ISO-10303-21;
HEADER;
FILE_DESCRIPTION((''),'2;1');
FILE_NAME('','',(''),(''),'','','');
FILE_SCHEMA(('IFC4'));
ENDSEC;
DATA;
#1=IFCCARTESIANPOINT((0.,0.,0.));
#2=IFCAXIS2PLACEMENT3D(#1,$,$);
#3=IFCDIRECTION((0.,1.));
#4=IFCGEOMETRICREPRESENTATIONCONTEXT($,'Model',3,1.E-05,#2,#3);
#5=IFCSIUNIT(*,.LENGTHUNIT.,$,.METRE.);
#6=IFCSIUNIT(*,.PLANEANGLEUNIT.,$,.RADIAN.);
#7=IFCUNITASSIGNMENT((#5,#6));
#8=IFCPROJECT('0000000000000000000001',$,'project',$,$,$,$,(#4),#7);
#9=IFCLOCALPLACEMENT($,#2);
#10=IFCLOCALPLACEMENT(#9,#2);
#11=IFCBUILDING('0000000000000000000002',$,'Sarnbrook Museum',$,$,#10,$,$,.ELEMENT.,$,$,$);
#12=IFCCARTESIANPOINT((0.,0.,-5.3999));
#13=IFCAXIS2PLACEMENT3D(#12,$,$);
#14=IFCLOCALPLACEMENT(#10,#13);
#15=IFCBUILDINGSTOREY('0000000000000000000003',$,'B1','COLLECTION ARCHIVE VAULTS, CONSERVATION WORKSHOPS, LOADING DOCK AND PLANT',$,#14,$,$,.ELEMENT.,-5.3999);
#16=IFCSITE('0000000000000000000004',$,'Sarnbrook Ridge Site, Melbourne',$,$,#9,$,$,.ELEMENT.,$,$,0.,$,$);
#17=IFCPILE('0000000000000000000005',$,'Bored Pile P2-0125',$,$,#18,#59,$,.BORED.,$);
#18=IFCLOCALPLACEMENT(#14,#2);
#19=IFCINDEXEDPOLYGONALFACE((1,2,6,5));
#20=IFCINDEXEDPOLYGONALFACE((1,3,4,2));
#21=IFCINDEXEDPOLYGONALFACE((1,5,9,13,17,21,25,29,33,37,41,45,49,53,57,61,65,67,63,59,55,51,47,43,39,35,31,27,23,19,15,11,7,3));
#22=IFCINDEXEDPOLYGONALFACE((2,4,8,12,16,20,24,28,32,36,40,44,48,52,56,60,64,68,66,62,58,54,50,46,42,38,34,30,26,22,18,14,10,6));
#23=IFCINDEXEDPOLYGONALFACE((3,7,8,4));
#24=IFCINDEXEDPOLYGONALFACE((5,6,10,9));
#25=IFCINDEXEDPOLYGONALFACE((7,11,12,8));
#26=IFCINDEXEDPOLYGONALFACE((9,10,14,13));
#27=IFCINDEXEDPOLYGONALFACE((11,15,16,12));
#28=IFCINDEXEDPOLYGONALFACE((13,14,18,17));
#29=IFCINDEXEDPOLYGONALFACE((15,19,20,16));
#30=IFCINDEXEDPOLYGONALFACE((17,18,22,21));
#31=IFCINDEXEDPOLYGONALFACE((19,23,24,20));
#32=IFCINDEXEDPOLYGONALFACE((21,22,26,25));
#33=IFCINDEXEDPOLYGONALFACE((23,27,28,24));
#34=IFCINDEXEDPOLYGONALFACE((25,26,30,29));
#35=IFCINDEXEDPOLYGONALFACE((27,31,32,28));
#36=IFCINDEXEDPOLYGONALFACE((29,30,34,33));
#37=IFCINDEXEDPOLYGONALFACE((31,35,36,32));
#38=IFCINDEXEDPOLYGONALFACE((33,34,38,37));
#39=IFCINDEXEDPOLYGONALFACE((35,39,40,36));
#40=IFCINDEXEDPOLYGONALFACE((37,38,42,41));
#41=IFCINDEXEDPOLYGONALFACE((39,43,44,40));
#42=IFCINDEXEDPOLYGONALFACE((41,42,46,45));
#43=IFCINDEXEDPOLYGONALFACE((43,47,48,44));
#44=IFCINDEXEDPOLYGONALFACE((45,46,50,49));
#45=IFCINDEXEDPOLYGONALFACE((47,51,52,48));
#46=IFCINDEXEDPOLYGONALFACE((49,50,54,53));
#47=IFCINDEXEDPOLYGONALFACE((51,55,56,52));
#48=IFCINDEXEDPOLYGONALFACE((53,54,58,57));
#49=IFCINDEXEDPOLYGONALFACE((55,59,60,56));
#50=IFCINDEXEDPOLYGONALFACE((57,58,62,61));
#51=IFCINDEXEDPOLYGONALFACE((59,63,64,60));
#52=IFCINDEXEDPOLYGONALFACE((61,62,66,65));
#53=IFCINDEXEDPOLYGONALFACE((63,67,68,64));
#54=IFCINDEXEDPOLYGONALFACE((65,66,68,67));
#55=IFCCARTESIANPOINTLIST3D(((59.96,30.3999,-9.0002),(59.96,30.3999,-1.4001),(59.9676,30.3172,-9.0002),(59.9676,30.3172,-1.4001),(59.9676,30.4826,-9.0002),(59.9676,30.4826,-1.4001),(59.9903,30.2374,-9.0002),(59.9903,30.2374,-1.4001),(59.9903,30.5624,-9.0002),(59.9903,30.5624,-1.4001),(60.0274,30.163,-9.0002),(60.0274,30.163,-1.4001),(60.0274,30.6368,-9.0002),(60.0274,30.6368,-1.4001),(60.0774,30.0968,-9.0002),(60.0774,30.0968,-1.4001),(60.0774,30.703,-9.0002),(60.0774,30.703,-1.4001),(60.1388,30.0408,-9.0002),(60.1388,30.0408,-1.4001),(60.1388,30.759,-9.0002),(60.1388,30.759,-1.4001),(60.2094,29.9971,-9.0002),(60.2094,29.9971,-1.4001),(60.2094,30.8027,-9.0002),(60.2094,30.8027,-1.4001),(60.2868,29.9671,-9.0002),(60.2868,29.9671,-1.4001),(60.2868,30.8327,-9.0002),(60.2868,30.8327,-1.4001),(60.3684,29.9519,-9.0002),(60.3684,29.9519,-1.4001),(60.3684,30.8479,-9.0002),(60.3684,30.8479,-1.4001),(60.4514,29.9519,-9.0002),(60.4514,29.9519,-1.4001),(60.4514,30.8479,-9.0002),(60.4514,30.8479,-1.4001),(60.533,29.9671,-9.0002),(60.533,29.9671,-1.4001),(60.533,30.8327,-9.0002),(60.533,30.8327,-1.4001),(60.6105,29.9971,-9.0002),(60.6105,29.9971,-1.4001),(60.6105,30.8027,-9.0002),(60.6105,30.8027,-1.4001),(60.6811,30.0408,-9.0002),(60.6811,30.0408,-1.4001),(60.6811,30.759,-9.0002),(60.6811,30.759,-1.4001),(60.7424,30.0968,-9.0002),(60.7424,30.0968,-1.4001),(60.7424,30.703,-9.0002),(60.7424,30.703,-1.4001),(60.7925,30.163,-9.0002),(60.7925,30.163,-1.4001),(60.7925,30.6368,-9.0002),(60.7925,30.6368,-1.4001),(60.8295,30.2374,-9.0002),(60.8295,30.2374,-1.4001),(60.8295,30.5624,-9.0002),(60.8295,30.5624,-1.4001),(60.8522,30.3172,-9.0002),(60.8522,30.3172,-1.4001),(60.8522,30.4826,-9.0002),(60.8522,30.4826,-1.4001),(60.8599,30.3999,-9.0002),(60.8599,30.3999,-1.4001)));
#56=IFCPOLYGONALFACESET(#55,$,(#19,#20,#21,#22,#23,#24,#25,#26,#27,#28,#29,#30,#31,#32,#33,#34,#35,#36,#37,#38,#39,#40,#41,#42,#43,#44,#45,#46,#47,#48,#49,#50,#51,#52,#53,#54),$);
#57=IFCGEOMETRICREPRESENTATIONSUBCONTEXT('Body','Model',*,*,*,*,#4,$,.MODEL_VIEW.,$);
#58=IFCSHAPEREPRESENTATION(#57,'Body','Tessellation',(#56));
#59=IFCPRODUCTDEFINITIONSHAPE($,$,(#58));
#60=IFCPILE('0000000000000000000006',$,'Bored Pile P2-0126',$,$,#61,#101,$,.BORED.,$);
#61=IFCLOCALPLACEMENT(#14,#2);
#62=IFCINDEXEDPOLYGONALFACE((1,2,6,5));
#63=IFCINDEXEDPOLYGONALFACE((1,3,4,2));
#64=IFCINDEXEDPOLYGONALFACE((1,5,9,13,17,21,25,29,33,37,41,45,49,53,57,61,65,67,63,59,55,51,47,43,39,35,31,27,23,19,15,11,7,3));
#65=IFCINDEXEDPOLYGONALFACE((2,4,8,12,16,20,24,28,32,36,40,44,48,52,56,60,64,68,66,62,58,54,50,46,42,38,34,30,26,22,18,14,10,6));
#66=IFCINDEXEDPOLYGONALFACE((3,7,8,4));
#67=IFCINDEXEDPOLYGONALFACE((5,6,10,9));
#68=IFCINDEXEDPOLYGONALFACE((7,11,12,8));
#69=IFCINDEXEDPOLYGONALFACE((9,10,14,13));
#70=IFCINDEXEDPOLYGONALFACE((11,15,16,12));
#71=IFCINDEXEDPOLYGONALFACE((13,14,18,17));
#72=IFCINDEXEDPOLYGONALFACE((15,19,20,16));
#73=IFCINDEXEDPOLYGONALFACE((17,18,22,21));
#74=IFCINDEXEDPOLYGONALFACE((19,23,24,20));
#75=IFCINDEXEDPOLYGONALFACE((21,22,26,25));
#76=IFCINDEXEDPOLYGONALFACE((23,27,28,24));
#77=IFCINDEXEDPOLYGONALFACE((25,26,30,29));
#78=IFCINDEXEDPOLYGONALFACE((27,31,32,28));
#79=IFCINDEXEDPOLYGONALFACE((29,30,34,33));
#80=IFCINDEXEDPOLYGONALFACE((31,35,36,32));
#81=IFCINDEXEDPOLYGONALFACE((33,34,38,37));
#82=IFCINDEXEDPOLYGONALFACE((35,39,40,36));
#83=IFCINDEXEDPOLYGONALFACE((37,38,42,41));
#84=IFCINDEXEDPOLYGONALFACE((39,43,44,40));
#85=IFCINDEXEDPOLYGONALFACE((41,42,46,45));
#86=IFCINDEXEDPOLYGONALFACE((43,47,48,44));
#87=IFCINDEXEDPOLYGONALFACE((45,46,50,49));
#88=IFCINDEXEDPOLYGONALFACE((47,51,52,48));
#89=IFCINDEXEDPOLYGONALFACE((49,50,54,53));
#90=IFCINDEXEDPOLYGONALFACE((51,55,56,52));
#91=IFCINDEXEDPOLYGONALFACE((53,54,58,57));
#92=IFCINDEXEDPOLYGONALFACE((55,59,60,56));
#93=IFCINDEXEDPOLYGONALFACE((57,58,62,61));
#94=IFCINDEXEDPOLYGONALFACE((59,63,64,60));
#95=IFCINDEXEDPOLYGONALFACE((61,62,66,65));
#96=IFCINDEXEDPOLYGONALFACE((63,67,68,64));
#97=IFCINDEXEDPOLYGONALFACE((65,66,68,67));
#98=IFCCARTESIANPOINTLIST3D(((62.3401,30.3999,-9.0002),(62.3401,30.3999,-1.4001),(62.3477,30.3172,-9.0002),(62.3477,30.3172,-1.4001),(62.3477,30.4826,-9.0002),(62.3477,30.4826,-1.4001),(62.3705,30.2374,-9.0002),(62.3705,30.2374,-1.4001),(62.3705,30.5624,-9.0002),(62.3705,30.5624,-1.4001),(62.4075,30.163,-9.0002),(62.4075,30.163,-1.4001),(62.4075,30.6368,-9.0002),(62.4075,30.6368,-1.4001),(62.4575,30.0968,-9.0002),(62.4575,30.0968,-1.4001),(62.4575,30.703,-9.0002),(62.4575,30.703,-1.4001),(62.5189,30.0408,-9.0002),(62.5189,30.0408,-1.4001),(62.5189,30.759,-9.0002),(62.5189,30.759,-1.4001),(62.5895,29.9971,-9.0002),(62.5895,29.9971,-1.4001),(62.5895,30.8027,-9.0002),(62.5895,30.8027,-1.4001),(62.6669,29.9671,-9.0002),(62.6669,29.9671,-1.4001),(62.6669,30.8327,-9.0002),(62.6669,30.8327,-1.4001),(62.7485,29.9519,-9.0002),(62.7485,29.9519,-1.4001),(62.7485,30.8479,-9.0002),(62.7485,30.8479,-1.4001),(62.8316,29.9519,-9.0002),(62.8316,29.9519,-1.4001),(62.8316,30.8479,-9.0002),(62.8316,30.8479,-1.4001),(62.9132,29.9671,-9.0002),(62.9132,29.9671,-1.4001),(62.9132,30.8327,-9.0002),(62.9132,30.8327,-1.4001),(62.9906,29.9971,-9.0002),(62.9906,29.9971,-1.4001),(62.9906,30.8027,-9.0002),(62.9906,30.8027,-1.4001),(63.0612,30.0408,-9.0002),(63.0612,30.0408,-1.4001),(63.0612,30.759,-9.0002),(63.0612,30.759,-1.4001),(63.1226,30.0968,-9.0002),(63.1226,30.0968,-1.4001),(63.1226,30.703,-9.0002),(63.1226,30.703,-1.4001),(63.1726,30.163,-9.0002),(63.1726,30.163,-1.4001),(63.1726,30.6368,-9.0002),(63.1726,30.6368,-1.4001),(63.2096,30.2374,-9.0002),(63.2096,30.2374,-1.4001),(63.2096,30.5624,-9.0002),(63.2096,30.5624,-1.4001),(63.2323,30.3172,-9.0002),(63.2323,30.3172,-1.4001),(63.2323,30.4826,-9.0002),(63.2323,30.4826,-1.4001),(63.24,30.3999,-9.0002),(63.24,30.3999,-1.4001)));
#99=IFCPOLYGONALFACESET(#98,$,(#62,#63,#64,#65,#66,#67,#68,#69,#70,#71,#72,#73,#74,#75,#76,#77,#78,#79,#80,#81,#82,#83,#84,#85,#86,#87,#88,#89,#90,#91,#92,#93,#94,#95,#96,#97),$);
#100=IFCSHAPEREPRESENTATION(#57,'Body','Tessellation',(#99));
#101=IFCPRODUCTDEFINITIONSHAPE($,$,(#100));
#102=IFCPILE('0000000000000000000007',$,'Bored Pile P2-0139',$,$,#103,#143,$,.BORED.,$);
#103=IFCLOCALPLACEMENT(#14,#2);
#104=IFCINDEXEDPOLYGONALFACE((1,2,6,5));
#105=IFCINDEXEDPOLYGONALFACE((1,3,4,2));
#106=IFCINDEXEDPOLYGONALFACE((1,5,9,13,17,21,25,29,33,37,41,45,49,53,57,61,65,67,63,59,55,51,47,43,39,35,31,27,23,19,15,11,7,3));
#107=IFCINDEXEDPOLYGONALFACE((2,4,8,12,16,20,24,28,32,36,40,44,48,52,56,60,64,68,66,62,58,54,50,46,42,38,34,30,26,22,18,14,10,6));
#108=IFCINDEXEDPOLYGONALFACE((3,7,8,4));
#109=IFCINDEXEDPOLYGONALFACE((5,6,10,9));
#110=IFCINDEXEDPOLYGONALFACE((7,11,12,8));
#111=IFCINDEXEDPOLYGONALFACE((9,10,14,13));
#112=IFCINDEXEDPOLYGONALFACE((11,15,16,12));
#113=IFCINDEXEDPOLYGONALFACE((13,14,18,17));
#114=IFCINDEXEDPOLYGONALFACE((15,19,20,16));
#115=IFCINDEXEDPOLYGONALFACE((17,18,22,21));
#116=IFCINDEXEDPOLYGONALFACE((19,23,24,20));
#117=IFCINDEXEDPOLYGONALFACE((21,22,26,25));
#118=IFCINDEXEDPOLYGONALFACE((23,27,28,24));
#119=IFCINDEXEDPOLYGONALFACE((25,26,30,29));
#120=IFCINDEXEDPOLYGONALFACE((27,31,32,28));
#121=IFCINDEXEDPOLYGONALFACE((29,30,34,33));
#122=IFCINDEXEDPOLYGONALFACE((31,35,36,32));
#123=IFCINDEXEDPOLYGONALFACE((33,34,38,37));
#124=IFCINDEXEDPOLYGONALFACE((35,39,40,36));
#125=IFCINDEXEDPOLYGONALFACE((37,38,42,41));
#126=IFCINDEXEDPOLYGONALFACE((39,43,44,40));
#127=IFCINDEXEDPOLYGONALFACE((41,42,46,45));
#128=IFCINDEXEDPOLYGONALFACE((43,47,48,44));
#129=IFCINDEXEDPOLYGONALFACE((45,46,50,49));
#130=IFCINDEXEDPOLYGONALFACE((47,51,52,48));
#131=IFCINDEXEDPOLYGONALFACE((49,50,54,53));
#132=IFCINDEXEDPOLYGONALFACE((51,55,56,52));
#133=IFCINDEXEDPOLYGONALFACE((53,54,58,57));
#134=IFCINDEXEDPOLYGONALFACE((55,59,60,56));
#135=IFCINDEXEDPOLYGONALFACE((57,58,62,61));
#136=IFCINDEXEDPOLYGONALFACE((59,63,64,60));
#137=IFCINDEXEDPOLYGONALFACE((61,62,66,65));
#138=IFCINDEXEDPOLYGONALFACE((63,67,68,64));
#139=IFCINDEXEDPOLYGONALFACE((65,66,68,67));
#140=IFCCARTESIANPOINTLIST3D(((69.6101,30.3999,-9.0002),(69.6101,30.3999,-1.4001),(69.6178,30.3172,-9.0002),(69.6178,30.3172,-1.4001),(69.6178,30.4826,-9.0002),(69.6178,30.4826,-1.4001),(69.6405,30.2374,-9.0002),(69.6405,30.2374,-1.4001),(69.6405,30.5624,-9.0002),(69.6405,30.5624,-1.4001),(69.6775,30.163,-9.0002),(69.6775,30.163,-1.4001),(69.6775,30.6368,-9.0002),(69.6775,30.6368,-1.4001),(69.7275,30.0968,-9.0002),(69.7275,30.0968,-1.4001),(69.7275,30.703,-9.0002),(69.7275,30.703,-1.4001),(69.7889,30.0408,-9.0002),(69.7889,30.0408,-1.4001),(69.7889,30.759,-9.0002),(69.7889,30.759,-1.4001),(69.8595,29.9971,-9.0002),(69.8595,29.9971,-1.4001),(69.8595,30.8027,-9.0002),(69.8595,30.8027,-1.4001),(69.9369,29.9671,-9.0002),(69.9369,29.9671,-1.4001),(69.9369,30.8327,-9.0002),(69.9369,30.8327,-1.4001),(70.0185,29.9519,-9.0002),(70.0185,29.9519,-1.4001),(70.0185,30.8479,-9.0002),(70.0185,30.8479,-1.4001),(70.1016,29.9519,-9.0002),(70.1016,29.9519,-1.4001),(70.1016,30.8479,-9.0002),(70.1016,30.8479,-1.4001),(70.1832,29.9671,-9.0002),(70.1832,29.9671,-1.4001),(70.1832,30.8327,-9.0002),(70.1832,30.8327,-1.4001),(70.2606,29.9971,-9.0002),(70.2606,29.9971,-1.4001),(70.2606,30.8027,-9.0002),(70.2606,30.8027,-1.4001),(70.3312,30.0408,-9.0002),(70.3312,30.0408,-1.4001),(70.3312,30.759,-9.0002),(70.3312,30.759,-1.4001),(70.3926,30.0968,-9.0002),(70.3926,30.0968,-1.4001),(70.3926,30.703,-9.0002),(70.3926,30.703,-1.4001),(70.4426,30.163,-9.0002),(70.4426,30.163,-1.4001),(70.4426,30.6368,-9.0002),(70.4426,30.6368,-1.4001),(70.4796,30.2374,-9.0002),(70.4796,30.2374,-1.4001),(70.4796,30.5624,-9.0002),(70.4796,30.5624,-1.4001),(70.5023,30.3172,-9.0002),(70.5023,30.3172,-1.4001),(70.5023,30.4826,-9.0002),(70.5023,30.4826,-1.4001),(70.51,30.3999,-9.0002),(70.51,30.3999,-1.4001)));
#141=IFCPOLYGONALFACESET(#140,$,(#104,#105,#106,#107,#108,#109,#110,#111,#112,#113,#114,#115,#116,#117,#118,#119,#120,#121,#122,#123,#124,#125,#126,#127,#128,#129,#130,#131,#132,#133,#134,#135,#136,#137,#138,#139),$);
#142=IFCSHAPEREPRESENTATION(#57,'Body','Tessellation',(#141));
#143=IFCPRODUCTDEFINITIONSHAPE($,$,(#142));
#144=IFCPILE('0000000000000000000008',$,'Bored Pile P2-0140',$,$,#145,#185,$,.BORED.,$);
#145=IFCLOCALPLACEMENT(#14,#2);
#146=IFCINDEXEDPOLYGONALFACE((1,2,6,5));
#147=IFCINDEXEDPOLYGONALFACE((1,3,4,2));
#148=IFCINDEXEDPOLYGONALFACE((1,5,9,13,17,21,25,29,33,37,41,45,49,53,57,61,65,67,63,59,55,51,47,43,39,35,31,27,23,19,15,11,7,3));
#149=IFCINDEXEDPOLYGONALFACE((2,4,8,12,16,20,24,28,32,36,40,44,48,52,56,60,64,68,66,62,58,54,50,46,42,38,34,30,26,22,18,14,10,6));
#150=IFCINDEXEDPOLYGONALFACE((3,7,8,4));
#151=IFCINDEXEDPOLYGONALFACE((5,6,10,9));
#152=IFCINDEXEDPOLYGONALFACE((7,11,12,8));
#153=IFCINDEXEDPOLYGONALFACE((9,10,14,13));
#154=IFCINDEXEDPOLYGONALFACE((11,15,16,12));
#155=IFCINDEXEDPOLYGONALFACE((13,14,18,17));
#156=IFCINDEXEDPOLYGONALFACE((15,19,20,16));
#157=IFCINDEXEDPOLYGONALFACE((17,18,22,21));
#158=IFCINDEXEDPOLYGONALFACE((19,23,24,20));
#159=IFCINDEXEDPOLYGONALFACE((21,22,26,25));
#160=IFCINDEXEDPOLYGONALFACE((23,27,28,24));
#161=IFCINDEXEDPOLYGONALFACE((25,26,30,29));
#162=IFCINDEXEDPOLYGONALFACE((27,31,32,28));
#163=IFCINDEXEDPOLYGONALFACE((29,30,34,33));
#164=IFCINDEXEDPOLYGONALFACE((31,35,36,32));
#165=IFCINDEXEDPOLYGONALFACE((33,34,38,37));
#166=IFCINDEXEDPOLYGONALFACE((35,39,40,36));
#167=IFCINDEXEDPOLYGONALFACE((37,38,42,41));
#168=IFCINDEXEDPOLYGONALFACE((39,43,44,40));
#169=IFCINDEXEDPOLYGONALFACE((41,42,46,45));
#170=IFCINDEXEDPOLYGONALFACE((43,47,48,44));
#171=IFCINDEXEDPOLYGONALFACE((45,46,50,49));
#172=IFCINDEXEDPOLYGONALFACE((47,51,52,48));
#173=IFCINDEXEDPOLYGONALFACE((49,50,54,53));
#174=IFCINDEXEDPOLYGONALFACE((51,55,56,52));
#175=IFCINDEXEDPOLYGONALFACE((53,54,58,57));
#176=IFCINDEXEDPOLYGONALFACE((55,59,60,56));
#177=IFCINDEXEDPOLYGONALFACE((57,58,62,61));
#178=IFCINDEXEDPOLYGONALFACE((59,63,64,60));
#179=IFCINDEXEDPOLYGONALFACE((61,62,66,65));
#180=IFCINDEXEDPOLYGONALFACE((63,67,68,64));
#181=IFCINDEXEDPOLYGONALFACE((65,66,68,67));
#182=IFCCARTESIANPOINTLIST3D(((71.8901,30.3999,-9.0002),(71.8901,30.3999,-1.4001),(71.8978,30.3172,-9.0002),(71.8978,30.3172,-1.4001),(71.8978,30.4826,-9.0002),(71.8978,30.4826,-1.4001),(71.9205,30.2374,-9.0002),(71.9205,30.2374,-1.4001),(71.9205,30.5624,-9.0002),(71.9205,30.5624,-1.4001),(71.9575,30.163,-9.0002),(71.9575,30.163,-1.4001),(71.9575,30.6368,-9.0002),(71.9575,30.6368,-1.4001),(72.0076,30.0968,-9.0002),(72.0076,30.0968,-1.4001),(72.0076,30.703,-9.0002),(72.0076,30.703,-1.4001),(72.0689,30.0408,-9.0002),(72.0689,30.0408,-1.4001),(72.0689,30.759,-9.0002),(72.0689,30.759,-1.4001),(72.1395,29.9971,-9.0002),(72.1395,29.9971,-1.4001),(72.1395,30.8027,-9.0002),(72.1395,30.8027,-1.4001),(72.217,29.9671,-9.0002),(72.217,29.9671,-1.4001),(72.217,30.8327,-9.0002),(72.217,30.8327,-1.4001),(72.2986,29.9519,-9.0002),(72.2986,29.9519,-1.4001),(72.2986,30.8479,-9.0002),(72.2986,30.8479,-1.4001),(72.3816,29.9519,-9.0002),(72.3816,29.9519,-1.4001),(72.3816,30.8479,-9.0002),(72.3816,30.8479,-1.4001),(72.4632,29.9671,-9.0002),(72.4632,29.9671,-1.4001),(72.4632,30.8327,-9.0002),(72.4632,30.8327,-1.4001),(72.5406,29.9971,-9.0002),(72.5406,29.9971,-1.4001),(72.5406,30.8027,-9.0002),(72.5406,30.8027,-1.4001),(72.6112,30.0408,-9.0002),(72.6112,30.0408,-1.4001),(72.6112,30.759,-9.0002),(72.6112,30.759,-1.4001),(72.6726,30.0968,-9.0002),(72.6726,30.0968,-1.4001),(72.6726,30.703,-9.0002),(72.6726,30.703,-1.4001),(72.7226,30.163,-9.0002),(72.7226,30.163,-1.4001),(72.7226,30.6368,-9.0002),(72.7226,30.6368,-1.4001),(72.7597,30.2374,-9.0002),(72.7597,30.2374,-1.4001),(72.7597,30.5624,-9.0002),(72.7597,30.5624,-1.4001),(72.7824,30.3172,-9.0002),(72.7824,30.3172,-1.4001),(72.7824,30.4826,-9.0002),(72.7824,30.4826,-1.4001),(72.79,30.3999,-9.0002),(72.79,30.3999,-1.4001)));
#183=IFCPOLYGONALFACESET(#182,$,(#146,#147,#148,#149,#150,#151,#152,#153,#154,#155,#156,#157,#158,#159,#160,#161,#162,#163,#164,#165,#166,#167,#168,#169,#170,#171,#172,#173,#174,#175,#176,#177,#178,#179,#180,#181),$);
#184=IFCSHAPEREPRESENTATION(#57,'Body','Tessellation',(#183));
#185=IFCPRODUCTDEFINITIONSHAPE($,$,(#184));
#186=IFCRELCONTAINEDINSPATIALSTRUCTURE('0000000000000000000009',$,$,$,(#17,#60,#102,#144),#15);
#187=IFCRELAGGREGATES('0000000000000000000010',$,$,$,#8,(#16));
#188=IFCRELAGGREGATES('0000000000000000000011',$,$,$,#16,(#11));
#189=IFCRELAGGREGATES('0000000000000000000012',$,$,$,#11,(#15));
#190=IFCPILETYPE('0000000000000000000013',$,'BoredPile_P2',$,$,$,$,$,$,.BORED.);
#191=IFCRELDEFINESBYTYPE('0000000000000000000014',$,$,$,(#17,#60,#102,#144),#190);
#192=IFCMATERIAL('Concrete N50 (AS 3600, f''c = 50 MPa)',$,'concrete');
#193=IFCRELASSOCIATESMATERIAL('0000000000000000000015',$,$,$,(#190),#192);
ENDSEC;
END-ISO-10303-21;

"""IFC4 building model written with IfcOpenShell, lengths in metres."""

from ifc_helpers import new_model, si_unit, direction, frame, origin, origin_2d, place, context, subcontext, project, spatial, circle, extrude, material, material_profile, profile_set, type_object, element, save


model = new_model("IFC4")

# Units and contexts
model_context = context("Model", 3, precision=1e-05, world=origin(), true_north=direction((0.0, 1.0)))
body_context = subcontext(model_context, "Body", "Model", "MODEL_VIEW")
ifc_project = project(units=[si_unit("LENGTHUNIT", "METRE"), si_unit("PLANEANGLEUNIT", "RADIAN")], contexts=[model_context])

# Site, building, storey
site_placement = place(None, origin())
site = spatial("IfcSite", under=ifc_project, at=site_placement, Name="Sarnbrook Ridge Site, Melbourne", CompositionType="ELEMENT", RefElevation=0.0)
building_placement = place(site_placement, origin())
building = spatial("IfcBuilding", under=site, at=building_placement, Name="Sarnbrook Museum", CompositionType="ELEMENT")
storey_placement = place(building_placement, frame((0.0, 0.0, -5.3999)))
storey = spatial("IfcBuildingStorey", under=building, at=storey_placement, Name="B1", Description="COLLECTION ARCHIVE VAULTS, CONSERVATION WORKSHOPS, LOADING DOCK AND PLANT", CompositionType="ELEMENT", Elevation=-5.3999)

# Piles
ifc_material_1 = material(Name="Concrete N50 (AS 3600, f'c = 50 MPa)", Category="concrete")
ifc_material_profile_1 = material_profile(ifc_material_1, circle(Radius=0.45, at=origin_2d()), Name="BORED PILE D900")
ifc_profile_set_1 = profile_set([ifc_material_profile_1], Name="Concrete N50 (AS 3600, f'c = 50 MPa)")
pile_type_1 = type_object("IfcPileType", Name="BoredPile_P2", PredefinedType="BORED", material=ifc_profile_set_1)
for number, where, z_axis, x_axis, name in (
    (1, (60.4099, 30.3999, -1.4001), (0.0, 0.0, -1.0), (1.0, 0.0, 0.0), "Bored Pile P2-0125"),
    (2, (62.79, 30.3999, -1.4001), (0.0, 0.0, -1.0), (1.0, 0.0, 0.0), "Bored Pile P2-0126"),
    (3, (70.0601, 30.3999, -1.4001), (0.0, 0.0, -1.0), (1.0, 0.0, 0.0), "Bored Pile P2-0139"),
    (4, (72.3401, 30.3999, -1.4001), (0.0, 0.0, -1.0), (1.0, 0.0, 0.0), "Bored Pile P2-0140"),
):
    element("IfcPile", number, at=place(storey_placement, frame(where, z_axis=z_axis, x_axis=x_axis)), inside=storey, type_object=pile_type_1, Name=name, PredefinedType="BORED", context=body_context, shape_type="SweptSolid", body=[
        extrude(circle(Radius=0.45, at=origin_2d()), origin(), (0.0, 0.0, 1.0), 7.6001),
    ])

save(model, "model.ifc")
